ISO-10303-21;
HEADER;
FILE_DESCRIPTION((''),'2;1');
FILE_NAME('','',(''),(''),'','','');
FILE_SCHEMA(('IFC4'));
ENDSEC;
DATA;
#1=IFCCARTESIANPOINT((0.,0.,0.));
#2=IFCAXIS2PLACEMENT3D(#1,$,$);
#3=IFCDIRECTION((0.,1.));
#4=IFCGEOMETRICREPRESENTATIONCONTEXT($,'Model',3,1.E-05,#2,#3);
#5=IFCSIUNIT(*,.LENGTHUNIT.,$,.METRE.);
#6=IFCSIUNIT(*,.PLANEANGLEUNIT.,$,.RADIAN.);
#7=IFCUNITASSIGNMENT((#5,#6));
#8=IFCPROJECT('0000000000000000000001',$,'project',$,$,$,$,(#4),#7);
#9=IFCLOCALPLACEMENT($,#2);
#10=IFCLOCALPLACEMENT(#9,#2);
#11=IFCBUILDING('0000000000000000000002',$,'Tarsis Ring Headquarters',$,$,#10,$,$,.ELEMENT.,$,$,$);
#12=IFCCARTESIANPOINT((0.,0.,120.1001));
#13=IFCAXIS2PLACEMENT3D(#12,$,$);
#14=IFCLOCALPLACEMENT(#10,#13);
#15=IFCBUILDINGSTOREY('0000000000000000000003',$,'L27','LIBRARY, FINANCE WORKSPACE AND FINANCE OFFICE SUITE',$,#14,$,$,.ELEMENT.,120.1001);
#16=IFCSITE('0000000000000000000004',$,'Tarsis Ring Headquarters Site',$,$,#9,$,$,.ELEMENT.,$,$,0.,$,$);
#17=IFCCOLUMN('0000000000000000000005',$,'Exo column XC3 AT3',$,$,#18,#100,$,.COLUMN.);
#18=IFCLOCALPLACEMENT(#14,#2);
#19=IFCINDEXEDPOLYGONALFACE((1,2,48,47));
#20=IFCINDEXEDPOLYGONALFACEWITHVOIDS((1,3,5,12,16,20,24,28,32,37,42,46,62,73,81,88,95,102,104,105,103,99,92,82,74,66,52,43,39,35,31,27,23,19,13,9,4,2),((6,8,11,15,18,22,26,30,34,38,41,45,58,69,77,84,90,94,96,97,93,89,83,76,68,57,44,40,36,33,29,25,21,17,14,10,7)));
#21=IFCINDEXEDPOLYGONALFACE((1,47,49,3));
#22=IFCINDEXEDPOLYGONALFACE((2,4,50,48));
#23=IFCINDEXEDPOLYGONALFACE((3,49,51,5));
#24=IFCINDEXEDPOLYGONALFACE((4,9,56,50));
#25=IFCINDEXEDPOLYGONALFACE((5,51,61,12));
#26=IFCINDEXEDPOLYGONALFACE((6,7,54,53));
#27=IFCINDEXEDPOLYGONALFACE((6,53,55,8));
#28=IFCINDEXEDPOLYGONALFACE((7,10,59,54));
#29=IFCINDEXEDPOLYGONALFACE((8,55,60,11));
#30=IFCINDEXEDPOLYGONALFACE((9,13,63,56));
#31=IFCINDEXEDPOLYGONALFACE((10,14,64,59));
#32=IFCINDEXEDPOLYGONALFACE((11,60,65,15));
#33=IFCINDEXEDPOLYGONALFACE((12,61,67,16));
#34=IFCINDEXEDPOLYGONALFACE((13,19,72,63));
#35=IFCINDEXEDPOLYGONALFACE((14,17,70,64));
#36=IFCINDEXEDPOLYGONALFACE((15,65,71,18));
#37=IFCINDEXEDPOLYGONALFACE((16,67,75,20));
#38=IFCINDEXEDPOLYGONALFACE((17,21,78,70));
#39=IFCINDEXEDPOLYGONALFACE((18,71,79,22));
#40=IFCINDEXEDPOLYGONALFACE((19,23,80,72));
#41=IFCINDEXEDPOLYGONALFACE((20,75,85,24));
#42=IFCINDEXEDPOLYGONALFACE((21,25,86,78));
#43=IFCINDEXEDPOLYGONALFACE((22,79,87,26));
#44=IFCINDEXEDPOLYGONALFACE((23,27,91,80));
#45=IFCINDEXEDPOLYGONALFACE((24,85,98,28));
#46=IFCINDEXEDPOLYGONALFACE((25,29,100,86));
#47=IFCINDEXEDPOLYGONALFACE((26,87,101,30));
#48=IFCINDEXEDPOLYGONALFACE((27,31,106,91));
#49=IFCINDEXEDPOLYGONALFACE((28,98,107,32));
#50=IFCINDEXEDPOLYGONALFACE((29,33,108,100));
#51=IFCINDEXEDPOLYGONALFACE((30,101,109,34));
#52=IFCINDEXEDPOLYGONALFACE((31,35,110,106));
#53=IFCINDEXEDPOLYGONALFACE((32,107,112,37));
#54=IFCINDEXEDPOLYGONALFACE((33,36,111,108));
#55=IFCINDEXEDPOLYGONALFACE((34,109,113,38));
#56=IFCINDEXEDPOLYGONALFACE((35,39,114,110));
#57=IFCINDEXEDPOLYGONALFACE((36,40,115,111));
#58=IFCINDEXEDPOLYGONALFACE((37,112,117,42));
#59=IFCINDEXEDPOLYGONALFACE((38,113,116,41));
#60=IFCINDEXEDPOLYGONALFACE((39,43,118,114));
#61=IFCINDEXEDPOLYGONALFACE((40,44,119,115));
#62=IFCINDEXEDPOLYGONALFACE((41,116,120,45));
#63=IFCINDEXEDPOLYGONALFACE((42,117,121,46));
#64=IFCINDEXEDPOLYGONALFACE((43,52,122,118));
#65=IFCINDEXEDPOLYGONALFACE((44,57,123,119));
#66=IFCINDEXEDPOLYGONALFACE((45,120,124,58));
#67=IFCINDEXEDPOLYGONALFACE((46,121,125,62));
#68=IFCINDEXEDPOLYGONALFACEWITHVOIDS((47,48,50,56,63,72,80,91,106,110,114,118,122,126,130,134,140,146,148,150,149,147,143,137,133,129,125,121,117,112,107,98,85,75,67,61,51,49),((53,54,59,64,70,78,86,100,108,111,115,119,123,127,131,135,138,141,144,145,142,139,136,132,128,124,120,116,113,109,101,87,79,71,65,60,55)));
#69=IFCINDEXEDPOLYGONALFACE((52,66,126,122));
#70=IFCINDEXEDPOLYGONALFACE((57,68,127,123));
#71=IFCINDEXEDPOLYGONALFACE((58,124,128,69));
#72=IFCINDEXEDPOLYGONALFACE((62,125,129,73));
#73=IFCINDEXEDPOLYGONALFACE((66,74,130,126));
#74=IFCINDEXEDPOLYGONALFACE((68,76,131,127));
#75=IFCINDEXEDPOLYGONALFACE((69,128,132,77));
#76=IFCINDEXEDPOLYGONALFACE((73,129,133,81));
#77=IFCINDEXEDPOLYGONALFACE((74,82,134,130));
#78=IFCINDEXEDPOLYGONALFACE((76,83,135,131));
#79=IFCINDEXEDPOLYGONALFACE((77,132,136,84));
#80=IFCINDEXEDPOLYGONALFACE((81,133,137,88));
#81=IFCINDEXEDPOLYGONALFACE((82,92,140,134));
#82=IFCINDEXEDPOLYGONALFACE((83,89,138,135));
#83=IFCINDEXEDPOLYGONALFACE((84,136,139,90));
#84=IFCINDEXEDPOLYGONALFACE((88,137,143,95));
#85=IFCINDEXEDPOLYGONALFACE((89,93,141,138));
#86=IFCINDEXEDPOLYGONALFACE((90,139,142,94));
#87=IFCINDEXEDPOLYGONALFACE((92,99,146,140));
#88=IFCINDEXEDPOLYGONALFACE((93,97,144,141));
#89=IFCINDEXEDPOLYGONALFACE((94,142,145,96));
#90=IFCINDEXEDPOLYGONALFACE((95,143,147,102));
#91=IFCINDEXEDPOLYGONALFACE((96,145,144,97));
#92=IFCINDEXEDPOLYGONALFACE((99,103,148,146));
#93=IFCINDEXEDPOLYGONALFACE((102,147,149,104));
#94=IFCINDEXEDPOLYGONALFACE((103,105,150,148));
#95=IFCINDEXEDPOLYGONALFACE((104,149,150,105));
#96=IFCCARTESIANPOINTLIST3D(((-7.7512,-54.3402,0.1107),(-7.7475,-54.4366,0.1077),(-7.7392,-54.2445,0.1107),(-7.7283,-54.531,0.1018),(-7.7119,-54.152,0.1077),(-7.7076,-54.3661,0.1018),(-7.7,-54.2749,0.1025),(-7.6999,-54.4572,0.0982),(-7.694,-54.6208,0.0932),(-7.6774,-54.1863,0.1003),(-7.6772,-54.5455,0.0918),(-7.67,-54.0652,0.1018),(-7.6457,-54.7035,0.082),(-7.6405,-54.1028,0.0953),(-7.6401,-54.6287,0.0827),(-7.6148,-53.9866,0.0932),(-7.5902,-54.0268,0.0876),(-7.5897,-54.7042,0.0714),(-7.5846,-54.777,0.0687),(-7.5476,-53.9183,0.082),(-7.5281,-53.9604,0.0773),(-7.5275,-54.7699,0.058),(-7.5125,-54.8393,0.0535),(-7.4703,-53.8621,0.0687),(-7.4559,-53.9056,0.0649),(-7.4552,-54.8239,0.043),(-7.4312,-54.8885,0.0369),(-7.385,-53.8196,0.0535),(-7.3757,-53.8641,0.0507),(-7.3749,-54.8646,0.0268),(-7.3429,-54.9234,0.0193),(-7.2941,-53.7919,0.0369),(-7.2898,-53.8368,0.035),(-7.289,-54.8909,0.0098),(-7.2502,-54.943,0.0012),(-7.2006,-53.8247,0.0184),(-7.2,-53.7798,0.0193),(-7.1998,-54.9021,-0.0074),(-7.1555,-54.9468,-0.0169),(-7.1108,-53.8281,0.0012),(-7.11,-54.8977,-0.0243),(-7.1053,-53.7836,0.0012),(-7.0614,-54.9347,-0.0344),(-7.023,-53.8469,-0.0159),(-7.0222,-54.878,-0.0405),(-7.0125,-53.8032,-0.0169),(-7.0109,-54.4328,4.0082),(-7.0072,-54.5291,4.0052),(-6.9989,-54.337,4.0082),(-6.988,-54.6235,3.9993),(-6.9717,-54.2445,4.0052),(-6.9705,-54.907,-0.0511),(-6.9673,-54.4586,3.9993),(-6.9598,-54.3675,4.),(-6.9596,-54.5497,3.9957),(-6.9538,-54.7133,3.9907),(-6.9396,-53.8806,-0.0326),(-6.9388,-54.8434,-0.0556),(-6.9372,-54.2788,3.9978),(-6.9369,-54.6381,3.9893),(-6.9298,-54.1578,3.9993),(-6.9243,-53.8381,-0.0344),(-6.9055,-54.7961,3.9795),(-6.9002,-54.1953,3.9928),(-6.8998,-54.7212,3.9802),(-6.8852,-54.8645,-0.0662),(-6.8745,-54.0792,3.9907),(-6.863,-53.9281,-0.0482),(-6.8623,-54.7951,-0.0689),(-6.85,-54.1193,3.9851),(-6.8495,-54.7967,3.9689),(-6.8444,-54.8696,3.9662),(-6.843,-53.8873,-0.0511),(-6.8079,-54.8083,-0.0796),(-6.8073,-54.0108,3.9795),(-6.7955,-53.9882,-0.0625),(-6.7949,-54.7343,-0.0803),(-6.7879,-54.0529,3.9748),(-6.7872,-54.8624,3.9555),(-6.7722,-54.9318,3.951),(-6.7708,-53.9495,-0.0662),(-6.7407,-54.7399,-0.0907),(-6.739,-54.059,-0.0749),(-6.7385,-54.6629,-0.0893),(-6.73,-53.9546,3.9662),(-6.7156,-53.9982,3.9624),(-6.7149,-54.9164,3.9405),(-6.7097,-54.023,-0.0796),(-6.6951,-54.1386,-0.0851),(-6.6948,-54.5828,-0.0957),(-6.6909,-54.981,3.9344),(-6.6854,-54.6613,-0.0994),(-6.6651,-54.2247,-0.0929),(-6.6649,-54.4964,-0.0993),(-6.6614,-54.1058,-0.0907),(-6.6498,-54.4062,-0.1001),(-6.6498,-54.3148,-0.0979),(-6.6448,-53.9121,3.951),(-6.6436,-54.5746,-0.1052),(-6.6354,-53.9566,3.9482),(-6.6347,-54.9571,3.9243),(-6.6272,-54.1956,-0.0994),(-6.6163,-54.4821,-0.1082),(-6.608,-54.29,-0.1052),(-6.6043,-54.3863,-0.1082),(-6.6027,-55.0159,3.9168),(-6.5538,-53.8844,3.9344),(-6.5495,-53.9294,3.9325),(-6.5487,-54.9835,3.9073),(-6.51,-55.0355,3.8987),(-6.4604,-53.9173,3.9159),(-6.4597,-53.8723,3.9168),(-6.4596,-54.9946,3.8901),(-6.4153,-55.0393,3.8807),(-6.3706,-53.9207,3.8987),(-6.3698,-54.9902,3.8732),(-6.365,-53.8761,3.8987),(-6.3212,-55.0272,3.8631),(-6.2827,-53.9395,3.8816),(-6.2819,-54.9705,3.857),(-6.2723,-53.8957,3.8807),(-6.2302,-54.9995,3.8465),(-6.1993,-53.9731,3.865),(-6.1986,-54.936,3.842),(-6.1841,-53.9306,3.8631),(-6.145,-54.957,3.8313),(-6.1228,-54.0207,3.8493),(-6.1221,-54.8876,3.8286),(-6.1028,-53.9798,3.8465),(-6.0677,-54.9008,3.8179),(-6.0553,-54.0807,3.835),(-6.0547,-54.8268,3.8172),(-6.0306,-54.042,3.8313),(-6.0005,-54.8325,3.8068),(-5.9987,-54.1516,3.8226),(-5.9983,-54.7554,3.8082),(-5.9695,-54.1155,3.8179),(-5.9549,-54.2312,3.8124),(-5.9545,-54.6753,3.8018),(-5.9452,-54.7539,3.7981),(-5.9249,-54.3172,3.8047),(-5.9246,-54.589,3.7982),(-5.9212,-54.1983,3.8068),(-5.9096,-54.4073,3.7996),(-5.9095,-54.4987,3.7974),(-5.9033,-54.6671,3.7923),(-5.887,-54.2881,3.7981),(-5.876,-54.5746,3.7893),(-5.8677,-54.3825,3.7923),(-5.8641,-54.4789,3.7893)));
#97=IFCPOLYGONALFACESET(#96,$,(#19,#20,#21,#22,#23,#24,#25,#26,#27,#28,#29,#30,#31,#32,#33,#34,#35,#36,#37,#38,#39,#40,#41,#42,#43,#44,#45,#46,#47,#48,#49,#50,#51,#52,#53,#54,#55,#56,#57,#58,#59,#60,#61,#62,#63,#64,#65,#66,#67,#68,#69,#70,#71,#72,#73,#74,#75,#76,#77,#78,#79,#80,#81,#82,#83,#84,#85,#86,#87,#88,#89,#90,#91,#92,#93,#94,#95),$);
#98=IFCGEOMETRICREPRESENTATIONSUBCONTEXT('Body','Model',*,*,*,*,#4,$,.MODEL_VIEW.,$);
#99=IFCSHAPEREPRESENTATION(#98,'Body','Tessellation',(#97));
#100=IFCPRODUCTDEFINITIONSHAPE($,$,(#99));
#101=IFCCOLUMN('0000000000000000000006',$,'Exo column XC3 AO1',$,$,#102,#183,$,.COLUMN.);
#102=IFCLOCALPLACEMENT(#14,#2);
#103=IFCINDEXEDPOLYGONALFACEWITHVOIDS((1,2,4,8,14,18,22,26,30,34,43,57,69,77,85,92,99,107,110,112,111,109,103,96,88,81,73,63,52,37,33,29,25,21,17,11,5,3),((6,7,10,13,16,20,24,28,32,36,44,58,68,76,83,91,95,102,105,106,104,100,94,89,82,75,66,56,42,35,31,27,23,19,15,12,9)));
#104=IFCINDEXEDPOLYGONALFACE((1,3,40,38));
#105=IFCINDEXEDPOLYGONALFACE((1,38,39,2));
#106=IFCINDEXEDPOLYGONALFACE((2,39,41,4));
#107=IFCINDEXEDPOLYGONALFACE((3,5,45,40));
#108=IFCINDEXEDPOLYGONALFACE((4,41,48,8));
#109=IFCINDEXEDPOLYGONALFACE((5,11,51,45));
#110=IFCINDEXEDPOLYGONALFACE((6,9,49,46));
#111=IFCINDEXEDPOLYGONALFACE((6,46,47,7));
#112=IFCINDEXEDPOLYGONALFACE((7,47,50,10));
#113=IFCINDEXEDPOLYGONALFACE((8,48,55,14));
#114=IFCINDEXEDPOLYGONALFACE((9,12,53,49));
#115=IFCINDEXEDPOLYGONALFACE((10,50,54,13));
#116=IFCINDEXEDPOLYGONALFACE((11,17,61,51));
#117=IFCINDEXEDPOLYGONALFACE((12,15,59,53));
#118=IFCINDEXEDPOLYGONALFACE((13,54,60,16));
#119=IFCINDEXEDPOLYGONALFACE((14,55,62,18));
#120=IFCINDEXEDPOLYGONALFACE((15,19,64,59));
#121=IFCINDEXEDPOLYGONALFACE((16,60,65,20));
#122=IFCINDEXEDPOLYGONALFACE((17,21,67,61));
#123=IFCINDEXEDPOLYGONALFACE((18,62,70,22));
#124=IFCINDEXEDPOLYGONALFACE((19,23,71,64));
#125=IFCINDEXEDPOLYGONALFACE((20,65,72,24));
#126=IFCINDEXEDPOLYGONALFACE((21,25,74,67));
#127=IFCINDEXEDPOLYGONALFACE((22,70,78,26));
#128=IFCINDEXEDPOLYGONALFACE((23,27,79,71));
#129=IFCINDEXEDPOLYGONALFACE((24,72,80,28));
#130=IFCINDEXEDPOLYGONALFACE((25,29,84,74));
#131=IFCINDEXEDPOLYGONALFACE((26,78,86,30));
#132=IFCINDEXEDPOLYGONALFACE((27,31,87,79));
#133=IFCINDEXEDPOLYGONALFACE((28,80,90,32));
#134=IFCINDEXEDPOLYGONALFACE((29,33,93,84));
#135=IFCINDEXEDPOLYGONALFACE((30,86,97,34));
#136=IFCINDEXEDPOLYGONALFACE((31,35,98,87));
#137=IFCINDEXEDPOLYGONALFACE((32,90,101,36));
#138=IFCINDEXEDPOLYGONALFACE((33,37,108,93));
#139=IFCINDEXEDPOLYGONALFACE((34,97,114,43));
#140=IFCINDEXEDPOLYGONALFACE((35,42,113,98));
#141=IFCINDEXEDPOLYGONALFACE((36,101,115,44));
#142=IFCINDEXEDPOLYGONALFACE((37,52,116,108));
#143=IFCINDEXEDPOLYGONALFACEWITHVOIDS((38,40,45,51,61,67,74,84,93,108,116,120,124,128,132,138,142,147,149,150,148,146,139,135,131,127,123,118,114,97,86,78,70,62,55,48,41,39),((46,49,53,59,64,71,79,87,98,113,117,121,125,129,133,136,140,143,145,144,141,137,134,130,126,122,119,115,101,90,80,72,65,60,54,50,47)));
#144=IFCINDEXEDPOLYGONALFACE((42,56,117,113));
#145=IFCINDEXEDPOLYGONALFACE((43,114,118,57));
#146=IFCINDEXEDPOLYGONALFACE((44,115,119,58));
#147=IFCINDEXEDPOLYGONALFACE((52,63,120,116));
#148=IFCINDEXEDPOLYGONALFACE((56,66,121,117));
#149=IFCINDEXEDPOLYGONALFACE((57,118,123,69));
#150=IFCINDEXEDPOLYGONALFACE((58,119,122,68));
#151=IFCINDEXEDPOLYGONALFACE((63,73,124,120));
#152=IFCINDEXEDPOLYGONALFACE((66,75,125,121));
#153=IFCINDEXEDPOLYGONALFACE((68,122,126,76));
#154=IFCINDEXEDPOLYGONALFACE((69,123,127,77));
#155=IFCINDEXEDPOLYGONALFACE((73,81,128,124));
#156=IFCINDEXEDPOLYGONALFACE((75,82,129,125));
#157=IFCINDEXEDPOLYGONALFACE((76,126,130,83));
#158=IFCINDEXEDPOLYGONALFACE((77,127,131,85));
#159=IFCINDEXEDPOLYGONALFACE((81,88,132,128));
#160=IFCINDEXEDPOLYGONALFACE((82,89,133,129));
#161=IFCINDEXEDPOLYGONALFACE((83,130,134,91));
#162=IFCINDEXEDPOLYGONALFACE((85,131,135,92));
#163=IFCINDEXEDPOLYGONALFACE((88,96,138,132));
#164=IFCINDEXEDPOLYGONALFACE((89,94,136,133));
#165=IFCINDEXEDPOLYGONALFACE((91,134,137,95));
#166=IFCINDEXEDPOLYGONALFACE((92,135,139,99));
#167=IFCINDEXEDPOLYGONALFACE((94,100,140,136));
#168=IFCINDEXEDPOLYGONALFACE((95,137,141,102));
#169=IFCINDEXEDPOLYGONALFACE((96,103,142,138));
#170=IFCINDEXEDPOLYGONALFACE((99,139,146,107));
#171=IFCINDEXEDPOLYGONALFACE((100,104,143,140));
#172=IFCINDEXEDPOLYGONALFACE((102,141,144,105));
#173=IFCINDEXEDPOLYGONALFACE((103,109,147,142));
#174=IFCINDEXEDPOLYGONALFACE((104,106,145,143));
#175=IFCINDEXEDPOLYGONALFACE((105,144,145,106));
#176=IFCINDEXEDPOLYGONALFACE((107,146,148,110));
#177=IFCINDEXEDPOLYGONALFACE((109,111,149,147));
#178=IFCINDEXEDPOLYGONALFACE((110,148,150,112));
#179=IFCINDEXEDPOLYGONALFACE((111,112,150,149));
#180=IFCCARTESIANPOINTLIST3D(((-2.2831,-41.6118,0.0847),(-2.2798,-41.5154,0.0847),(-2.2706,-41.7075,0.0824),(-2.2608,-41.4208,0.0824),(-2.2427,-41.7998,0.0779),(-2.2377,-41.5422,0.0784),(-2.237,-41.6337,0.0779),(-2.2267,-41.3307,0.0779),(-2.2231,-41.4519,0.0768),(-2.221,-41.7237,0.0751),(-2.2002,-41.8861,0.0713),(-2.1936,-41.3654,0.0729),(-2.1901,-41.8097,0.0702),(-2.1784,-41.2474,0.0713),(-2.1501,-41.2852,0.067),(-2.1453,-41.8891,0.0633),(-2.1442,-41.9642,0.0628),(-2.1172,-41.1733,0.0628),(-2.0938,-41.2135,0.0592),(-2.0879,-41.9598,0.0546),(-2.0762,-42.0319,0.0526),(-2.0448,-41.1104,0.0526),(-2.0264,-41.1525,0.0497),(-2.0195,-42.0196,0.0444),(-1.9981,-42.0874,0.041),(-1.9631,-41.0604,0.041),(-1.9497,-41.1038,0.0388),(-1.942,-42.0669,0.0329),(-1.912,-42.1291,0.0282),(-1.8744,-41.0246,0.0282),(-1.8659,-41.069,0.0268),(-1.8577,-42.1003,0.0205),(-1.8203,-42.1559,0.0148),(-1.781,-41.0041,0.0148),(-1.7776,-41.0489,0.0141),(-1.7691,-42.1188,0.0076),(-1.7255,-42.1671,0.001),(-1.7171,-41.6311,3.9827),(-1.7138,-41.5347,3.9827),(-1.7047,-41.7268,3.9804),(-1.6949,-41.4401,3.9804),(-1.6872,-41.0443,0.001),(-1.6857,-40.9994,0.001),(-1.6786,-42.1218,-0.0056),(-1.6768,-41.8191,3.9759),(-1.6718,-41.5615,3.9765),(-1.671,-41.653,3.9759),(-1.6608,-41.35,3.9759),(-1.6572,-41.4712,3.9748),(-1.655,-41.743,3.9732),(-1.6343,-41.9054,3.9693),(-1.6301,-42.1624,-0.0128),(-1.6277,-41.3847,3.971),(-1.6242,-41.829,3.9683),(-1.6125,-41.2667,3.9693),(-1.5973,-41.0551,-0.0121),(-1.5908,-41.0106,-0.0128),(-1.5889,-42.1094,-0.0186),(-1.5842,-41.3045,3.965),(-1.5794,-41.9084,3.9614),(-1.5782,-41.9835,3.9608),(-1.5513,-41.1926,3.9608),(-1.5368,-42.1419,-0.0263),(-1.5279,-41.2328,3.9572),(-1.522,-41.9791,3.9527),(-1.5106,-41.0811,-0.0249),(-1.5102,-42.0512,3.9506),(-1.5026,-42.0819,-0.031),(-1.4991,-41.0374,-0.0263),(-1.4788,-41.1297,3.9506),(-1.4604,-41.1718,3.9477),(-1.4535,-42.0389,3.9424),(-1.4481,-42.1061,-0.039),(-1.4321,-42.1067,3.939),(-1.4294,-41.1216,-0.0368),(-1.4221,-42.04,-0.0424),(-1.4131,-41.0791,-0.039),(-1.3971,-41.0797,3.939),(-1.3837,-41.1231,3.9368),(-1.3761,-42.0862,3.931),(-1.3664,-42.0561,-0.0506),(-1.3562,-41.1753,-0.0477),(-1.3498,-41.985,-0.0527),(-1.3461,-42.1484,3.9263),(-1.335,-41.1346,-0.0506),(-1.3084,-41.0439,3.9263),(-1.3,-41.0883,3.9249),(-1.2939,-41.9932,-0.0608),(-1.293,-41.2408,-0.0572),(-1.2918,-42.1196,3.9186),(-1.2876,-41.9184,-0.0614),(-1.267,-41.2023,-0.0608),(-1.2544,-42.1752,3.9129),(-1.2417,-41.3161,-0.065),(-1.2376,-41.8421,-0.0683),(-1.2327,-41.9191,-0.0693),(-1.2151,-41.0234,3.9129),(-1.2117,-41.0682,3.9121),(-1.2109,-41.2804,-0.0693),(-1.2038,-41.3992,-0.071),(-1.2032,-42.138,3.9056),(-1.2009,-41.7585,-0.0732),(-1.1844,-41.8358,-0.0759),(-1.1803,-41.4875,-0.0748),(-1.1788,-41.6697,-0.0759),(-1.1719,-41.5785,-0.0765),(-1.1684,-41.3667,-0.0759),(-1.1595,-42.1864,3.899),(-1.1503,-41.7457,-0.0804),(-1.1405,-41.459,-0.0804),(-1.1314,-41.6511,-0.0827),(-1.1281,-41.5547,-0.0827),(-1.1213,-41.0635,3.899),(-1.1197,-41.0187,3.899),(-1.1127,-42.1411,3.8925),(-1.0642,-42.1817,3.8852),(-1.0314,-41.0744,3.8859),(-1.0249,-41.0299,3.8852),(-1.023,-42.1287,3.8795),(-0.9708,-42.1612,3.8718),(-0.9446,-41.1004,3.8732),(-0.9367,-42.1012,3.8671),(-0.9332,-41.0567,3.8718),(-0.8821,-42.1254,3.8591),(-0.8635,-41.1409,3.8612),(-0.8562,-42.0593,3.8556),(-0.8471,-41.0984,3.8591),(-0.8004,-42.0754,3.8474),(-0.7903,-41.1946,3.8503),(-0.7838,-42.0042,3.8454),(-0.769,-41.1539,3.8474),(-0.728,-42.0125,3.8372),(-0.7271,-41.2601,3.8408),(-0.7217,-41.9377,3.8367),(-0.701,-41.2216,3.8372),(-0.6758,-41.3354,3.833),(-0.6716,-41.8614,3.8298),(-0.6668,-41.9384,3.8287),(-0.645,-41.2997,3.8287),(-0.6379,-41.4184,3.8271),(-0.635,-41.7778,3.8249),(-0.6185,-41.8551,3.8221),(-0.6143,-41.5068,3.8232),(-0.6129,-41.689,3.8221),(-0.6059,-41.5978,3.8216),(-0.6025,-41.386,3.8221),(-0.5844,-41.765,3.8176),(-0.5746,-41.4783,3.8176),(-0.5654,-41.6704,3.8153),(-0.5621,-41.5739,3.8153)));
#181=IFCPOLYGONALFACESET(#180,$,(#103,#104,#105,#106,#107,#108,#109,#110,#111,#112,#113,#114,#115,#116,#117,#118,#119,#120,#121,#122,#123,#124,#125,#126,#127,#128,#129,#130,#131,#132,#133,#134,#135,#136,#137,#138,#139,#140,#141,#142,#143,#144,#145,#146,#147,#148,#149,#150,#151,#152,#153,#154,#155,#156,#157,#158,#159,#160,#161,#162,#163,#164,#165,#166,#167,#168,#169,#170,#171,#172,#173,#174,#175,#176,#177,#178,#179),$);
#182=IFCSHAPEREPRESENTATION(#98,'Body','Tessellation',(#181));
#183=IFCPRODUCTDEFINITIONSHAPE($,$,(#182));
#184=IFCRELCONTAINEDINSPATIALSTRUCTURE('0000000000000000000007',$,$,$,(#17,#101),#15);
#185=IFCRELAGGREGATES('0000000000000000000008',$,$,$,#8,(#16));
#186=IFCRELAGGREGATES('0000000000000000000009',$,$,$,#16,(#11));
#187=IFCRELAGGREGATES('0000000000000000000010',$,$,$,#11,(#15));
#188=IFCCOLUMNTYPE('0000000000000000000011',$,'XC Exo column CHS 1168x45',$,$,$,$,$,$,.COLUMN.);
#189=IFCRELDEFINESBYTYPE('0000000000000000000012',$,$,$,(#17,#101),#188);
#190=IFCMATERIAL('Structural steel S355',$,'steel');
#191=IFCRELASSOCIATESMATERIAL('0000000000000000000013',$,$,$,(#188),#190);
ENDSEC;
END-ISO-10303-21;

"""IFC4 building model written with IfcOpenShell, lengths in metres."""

from ifc_helpers import new_model, si_unit, direction, frame, origin, origin_2d, place, context, subcontext, project, spatial, hollow_circle, extrude, material, material_profile, profile_set, type_object, element, save


model = new_model("IFC4")

# Units and contexts
model_context = context("Model", 3, precision=1e-05, world=origin(), true_north=direction((0.0, 1.0)))
body_context = subcontext(model_context, "Body", "Model", "MODEL_VIEW")
ifc_project = project(units=[si_unit("LENGTHUNIT", "METRE"), si_unit("PLANEANGLEUNIT", "RADIAN")], contexts=[model_context])

# Site, building, storey
site_placement = place(None, origin())
site = spatial("IfcSite", under=ifc_project, at=site_placement, Name="Tarsis Ring Headquarters Site", CompositionType="ELEMENT", RefElevation=0.0)
building_placement = place(site_placement, origin())
building = spatial("IfcBuilding", under=site, at=building_placement, Name="Tarsis Ring Headquarters", CompositionType="ELEMENT")
storey_placement = place(building_placement, frame((0.0, 0.0, 120.1001)))
storey = spatial("IfcBuildingStorey", under=building, at=storey_placement, Name="L27", Description="LIBRARY, FINANCE WORKSPACE AND FINANCE OFFICE SUITE", CompositionType="ELEMENT", Elevation=120.1001)

# Columns
ifc_material_1 = material(Name="Structural steel S355", Category="steel")
ifc_material_profile_1 = material_profile(ifc_material_1, hollow_circle(Radius=0.5842, WallThickness=0.0449, at=origin_2d()), Name="CHS 1168x45")
ifc_profile_set_1 = profile_set([ifc_material_profile_1], Name="Structural steel S355")
column_type = type_object("IfcColumnType", Name="XC Exo column CHS 1168x45", PredefinedType="COLUMN", material=ifc_profile_set_1)
column_1_placement = place(storey_placement, frame((-7.1777, -54.3633, 0.0012), z_axis=(0.186541, -0.023318, 0.98217), x_axis=(0.124035, 0.992278, 0.0)))
element("IfcColumn", 1, at=column_1_placement, inside=storey, type_object=column_type, Name="Exo column XC3 AT3", PredefinedType="COLUMN", context=body_context, shape_type="SweptSolid", body=[
    extrude(hollow_circle(Radius=0.5842, WallThickness=0.0449, at=origin_2d()), origin(), (0.0, 0.0, 1.0), 3.9683),
])
column_2_placement = place(storey_placement, frame((-1.7056, -41.5833, 0.001), z_axis=(0.143675, -0.004897, 0.989613), x_axis=(0.034061, 0.99942, 0.0)))
element("IfcColumn", 2, at=column_2_placement, inside=storey, type_object=column_type, Name="Exo column XC3 AO1", PredefinedType="COLUMN", context=body_context, shape_type="SweptSolid", body=[
    extrude(hollow_circle(Radius=0.5842, WallThickness=0.0449, at=origin_2d()), origin(), (0.0, 0.0, 1.0), 3.939),
])

save(model, "model.ifc")
